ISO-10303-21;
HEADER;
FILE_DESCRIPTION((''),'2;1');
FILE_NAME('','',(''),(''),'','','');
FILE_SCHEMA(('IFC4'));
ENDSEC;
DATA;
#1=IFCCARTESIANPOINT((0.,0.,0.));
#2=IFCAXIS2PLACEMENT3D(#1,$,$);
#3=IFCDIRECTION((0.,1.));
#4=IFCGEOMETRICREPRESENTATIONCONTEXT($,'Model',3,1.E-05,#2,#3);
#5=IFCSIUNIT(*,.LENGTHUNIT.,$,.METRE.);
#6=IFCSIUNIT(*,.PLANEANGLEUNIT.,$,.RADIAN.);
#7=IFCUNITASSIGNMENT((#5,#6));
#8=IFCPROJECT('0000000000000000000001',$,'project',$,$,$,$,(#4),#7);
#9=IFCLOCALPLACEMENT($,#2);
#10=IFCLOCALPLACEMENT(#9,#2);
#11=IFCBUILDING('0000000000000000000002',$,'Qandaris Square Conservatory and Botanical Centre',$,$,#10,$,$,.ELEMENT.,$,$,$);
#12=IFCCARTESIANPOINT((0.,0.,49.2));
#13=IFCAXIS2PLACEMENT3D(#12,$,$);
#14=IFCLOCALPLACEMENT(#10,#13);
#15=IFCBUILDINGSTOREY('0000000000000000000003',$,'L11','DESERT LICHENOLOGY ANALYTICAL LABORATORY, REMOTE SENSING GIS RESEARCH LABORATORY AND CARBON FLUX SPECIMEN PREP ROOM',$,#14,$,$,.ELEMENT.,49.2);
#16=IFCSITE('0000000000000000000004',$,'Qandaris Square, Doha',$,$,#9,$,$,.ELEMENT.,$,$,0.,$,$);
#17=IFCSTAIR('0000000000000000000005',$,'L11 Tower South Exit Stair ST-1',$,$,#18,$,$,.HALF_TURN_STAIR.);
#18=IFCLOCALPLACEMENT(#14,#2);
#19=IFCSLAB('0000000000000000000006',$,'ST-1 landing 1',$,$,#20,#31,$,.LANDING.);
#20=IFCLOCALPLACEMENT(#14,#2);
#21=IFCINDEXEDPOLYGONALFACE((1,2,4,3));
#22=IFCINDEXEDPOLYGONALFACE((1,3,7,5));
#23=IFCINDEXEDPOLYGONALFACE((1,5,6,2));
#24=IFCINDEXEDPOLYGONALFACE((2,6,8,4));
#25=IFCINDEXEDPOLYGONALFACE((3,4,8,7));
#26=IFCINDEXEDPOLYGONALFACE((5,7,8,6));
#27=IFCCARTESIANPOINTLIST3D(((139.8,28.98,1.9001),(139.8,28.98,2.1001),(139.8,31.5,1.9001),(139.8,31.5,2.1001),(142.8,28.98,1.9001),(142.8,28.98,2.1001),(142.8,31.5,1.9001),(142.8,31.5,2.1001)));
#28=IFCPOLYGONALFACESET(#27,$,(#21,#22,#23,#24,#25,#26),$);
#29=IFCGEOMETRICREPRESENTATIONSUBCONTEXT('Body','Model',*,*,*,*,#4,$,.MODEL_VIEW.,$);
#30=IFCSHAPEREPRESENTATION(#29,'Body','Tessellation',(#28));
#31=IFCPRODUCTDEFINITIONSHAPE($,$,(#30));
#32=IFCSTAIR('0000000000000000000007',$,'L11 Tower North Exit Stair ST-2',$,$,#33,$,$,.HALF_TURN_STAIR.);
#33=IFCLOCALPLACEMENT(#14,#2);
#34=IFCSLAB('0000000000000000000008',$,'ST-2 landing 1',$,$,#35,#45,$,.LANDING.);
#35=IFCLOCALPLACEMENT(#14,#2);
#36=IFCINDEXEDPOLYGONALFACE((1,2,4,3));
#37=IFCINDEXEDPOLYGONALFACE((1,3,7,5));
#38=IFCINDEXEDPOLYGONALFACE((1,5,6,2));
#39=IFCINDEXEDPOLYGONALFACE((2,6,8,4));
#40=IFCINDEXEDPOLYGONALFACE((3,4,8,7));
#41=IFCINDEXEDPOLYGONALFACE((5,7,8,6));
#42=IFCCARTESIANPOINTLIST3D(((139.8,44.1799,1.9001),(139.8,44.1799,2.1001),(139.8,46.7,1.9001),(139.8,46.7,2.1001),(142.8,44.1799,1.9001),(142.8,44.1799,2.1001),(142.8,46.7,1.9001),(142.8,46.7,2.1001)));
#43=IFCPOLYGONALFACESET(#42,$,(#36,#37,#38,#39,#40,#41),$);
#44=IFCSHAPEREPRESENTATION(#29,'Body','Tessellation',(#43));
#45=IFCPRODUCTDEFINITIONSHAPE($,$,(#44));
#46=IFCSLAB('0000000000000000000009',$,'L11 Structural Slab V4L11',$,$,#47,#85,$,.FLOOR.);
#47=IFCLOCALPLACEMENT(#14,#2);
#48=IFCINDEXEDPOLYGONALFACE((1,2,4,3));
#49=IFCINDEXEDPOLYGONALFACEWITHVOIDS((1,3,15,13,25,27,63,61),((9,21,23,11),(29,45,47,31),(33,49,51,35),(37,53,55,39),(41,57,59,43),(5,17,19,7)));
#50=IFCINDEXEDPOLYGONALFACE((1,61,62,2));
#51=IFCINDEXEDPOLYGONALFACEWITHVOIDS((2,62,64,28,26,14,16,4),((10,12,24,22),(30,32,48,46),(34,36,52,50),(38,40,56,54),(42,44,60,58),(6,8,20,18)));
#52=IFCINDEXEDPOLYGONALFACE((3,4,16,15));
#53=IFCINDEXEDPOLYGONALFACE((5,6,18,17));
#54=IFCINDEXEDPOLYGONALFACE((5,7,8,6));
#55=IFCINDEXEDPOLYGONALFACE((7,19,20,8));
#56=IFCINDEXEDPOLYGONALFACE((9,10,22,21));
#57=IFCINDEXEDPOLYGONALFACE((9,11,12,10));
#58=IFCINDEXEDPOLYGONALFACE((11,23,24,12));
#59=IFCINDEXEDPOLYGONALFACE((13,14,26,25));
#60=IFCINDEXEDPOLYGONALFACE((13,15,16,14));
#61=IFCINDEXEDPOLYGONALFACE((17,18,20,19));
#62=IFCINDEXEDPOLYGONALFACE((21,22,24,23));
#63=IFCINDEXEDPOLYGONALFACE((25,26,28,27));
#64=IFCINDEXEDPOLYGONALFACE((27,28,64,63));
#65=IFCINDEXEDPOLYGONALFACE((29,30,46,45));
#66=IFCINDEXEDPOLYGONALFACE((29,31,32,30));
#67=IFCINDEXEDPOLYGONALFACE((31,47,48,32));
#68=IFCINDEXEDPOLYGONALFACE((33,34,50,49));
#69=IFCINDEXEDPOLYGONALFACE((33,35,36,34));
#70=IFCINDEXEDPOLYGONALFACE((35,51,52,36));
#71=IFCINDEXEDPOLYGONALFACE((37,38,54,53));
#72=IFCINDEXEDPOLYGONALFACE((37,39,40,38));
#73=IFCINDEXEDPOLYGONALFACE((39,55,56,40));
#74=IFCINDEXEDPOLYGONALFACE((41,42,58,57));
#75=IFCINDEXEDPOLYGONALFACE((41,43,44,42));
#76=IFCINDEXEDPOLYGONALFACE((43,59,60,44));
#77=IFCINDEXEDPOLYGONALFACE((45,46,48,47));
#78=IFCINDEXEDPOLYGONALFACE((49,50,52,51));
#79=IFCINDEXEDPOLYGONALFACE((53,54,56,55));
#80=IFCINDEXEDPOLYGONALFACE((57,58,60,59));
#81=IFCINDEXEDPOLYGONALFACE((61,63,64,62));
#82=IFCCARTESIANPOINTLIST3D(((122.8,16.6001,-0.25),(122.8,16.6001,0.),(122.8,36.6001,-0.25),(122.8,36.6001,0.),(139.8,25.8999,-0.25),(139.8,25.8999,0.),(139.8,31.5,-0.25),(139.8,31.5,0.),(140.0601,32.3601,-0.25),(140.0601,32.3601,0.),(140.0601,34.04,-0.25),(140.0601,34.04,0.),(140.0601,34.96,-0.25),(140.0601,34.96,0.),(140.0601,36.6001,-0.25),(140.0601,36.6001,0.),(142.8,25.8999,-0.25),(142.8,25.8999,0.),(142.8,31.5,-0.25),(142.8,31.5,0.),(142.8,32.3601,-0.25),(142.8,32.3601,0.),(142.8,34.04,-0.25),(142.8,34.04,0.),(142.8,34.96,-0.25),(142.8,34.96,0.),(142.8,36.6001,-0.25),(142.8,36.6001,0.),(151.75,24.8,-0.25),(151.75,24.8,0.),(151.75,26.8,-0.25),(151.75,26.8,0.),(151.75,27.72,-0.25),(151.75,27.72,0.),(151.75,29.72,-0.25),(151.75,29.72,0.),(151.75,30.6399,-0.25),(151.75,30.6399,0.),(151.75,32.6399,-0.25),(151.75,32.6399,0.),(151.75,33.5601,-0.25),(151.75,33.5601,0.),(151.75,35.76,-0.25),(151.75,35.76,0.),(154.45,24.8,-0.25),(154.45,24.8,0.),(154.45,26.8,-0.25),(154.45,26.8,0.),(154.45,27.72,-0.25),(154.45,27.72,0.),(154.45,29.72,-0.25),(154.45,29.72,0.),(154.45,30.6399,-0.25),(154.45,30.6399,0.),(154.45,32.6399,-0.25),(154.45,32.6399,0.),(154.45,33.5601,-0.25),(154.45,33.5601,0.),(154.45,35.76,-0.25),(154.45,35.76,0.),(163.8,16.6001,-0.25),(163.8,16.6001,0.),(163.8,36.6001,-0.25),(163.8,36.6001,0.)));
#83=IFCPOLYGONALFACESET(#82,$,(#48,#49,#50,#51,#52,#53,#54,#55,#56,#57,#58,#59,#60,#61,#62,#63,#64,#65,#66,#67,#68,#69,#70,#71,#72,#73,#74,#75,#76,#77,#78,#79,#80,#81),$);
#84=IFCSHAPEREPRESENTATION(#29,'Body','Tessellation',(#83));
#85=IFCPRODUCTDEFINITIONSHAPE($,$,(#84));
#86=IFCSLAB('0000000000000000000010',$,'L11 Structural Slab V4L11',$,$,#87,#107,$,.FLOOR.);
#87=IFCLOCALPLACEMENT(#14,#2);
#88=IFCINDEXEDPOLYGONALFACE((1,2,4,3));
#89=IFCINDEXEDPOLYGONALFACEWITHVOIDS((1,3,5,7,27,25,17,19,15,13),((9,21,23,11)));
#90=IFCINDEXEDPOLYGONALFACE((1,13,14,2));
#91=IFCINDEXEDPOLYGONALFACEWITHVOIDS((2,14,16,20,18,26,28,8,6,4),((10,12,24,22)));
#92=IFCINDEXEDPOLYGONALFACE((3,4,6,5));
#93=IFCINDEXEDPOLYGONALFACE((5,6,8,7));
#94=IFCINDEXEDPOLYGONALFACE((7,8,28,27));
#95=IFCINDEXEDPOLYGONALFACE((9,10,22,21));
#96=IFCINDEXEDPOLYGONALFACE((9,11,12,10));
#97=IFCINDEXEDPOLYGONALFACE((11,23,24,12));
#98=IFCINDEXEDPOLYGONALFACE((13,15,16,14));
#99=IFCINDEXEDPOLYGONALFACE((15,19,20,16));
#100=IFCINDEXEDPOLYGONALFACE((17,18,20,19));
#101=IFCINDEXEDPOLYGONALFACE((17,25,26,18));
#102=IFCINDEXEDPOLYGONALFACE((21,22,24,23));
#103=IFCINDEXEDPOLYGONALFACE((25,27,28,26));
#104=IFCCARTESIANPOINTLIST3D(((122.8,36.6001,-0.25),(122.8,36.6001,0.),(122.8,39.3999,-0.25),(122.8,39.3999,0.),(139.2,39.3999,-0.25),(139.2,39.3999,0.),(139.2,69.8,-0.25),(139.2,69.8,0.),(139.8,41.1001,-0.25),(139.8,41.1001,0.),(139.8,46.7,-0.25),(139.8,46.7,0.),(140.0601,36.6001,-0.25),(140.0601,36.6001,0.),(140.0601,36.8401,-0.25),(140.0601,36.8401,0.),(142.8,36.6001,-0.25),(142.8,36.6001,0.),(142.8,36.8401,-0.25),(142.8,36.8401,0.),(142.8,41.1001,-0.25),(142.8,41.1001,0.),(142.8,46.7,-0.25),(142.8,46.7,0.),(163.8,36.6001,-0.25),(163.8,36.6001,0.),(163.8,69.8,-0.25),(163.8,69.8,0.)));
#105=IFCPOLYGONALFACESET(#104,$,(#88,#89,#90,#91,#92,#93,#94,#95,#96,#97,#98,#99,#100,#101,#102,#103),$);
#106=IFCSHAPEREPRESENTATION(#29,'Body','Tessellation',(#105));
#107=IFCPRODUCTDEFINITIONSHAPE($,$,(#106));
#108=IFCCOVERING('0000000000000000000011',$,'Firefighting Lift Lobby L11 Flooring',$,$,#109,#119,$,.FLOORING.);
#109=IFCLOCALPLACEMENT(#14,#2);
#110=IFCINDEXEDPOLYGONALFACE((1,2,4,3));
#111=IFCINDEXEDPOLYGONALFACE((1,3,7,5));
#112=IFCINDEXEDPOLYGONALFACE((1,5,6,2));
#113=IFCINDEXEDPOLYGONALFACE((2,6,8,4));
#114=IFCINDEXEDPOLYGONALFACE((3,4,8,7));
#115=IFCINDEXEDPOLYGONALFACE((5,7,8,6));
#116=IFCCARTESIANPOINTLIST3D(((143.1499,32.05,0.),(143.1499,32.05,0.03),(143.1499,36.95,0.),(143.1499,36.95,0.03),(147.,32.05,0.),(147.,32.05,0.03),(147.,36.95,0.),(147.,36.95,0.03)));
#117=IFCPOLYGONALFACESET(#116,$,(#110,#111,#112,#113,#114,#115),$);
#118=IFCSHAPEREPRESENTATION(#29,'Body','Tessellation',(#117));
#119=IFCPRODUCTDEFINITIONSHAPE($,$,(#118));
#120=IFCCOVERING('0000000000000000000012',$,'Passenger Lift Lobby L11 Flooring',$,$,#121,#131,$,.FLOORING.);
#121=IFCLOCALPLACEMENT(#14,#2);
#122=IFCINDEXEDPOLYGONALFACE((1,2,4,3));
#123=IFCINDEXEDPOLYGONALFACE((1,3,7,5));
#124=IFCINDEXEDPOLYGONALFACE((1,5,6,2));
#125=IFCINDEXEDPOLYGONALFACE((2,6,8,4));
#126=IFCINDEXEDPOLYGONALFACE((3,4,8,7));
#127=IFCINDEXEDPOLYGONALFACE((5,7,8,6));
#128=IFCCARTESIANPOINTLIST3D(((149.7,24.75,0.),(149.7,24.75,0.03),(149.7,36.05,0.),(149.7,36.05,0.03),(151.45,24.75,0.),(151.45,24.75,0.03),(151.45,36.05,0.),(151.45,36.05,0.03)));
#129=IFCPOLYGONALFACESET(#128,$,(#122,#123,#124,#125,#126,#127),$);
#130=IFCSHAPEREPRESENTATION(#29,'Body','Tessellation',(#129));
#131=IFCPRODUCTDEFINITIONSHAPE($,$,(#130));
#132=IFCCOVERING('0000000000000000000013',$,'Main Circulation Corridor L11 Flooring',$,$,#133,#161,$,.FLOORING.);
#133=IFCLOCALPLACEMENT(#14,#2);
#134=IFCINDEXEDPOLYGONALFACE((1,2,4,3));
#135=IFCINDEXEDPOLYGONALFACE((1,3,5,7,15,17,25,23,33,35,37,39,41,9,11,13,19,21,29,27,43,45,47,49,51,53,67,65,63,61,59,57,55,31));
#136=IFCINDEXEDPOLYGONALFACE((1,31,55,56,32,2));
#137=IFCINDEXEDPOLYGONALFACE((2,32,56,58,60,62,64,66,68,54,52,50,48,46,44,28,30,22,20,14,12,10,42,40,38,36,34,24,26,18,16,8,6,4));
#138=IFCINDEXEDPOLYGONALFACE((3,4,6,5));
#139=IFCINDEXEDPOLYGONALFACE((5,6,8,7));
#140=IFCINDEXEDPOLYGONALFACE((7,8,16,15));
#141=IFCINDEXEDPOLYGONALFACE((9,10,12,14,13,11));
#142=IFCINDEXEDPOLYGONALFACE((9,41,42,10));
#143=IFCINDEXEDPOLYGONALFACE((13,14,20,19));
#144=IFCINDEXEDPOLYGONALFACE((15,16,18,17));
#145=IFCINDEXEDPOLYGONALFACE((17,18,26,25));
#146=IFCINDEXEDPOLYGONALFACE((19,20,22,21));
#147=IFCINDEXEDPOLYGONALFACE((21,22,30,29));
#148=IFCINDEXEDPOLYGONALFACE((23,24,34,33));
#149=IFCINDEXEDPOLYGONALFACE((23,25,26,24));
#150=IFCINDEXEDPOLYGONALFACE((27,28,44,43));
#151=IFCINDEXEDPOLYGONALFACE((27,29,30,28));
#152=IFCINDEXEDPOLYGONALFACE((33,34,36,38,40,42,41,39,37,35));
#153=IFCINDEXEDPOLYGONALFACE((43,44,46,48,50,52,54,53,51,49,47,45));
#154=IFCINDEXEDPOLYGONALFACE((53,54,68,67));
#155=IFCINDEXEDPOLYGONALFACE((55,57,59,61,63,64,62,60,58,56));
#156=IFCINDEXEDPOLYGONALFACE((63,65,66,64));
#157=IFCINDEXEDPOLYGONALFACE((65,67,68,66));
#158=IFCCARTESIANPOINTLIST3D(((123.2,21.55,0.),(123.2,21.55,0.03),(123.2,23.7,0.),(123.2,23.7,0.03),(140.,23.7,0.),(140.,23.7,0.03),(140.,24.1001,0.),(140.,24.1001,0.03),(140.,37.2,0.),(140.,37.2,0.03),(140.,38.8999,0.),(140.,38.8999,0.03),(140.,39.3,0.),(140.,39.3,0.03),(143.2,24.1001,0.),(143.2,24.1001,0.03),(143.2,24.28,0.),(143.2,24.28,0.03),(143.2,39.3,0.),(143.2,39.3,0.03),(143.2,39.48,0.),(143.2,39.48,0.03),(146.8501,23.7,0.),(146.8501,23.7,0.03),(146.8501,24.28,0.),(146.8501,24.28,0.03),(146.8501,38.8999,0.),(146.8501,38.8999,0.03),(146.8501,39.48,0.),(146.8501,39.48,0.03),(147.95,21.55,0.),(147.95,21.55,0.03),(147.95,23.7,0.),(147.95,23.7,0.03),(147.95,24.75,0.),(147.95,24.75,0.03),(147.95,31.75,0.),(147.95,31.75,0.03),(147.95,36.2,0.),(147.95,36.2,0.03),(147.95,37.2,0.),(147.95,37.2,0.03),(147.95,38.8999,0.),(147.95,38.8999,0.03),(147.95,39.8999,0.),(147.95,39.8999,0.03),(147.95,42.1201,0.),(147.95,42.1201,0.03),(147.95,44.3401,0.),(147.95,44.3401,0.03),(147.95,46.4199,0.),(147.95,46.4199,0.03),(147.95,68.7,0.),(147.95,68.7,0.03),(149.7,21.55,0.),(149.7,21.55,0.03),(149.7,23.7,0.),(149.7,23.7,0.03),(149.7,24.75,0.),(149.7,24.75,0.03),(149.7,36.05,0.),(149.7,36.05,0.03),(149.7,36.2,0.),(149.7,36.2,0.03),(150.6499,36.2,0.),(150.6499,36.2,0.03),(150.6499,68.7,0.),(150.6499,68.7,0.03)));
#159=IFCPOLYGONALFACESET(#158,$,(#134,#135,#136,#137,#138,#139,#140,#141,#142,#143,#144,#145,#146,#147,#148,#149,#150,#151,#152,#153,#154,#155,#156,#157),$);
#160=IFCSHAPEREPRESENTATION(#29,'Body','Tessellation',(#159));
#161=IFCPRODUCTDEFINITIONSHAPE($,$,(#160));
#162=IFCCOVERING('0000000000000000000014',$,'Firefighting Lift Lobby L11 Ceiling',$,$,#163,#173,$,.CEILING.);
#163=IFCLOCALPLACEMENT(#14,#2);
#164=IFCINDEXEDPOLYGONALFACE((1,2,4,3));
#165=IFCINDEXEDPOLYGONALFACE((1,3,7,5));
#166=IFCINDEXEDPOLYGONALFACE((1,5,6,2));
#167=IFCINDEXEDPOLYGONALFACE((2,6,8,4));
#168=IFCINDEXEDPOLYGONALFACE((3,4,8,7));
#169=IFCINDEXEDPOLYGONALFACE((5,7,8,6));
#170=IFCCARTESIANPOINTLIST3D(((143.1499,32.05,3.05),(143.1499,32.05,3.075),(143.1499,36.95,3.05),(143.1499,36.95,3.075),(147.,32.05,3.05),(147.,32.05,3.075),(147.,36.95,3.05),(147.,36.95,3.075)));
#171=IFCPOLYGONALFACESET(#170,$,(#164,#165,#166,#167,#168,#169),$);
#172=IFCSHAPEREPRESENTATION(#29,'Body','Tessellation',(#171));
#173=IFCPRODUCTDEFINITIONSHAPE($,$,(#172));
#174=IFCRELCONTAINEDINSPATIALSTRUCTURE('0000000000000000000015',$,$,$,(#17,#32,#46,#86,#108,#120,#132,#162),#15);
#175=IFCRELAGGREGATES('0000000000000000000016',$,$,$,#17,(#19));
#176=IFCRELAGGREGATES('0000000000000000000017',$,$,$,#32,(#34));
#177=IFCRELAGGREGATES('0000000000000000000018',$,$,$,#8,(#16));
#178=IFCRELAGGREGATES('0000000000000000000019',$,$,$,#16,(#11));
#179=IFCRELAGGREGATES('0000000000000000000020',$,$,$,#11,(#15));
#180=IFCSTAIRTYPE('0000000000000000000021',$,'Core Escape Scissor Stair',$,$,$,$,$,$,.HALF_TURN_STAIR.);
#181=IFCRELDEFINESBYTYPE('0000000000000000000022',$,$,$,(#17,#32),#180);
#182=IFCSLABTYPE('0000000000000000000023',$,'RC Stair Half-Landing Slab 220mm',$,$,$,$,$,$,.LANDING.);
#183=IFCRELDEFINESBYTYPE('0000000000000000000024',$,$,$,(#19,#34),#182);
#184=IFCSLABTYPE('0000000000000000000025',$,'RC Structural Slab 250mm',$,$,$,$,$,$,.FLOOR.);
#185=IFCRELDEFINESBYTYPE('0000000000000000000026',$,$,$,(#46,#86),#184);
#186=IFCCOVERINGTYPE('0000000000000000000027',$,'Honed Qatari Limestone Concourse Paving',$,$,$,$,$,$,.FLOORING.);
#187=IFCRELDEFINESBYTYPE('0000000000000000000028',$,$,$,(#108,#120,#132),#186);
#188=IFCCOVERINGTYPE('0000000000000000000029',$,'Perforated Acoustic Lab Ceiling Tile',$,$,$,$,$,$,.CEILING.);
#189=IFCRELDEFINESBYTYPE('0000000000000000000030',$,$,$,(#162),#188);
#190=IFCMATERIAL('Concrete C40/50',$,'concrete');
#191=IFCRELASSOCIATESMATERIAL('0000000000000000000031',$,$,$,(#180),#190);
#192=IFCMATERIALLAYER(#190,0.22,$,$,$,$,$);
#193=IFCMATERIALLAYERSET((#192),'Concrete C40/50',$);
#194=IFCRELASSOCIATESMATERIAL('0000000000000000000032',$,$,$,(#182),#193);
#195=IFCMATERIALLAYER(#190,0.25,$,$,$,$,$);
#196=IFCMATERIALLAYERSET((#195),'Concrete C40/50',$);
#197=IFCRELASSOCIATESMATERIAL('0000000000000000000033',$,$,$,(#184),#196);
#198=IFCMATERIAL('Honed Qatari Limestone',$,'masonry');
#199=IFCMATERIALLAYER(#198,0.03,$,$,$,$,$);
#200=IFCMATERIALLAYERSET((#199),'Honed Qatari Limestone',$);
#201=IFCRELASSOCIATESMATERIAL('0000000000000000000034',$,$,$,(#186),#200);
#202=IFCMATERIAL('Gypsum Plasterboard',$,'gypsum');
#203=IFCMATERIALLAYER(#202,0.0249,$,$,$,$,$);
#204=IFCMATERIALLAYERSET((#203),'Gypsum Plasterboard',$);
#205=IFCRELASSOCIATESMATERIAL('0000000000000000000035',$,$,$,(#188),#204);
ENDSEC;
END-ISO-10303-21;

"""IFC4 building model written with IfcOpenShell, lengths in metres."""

from ifc_helpers import new_model, si_unit, direction, frame, origin, place, context, subcontext, project, spatial, polyline, outline, extrude, material, layer, layer_set, type_object, element, aggregate, save


model = new_model("IFC4")

# Units and contexts
model_context = context("Model", 3, precision=1e-05, world=origin(), true_north=direction((0.0, 1.0)))
body_context = subcontext(model_context, "Body", "Model", "MODEL_VIEW")
ifc_project = project(units=[si_unit("LENGTHUNIT", "METRE"), si_unit("PLANEANGLEUNIT", "RADIAN")], contexts=[model_context])

# Site, building, storey
site_placement = place(None, origin())
site = spatial("IfcSite", under=ifc_project, at=site_placement, Name="Qandaris Square, Doha", CompositionType="ELEMENT", RefElevation=0.0)
building_placement = place(site_placement, origin())
building = spatial("IfcBuilding", under=site, at=building_placement, Name="Qandaris Square Conservatory and Botanical Centre", CompositionType="ELEMENT")
storey_placement = place(building_placement, frame((0.0, 0.0, 49.2)))
storey = spatial("IfcBuildingStorey", under=building, at=storey_placement, Name="L11", Description="DESERT LICHENOLOGY ANALYTICAL LABORATORY, REMOTE SENSING GIS RESEARCH LABORATORY AND CARBON FLUX SPECIMEN PREP ROOM", CompositionType="ELEMENT", Elevation=49.2)

# Stairs, slabs
ifc_material_1 = material(Name="Concrete C40/50", Category="concrete")
stair_type = type_object("IfcStairType", Name="Core Escape Scissor Stair", PredefinedType="HALF_TURN_STAIR", material=ifc_material_1)
stair_1_placement = place(storey_placement, origin())
stair_1 = element("IfcStair", 1, at=stair_1_placement, inside=storey, type_object=stair_type, Name="L11 Tower South Exit Stair ST-1", PredefinedType="HALF_TURN_STAIR")
ifc_layer_1 = layer(ifc_material_1, 0.22)
ifc_layer_set_1 = layer_set([ifc_layer_1], Name="Concrete C40/50")
slab_type_1 = type_object("IfcSlabType", Name="RC Stair Half-Landing Slab 220mm", PredefinedType="LANDING", material=ifc_layer_set_1)
slab_1_placement = place(storey_placement, frame((0.0, 0.0, 1.9001)))
slab_1 = element("IfcSlab", 2, at=slab_1_placement, type_object=slab_type_1, Name="ST-1 landing 1", PredefinedType="LANDING", context=body_context, shape_type="SweptSolid", body=[
    extrude(outline(polyline([(142.8, 28.98), (142.8, 31.5), (139.8, 31.5), (139.8, 28.98), (142.8, 28.98)])), origin(), (0.0, 0.0, 1.0), 0.2),
])
aggregate(stair_1, [slab_1])
stair_2_placement = place(storey_placement, origin())
stair_2 = element("IfcStair", 3, at=stair_2_placement, inside=storey, type_object=stair_type, Name="L11 Tower North Exit Stair ST-2", PredefinedType="HALF_TURN_STAIR")
slab_2_placement = place(storey_placement, frame((0.0, 0.0, 1.9001)))
slab_2 = element("IfcSlab", 4, at=slab_2_placement, type_object=slab_type_1, Name="ST-2 landing 1", PredefinedType="LANDING", context=body_context, shape_type="SweptSolid", body=[
    extrude(outline(polyline([(142.8, 44.1799), (142.8, 46.7), (139.8, 46.7), (139.8, 44.1799), (142.8, 44.1799)])), origin(), (0.0, 0.0, 1.0), 0.2),
])
aggregate(stair_2, [slab_2])

# Slabs
ifc_layer_2 = layer(ifc_material_1, 0.25)
ifc_layer_set_2 = layer_set([ifc_layer_2], Name="Concrete C40/50")
slab_type_2 = type_object("IfcSlabType", Name="RC Structural Slab 250mm", PredefinedType="FLOOR", material=ifc_layer_set_2)
slab_3_placement = place(storey_placement, frame((0.0, 0.0, -0.25)))
element("IfcSlab", 5, at=slab_3_placement, inside=storey, type_object=slab_type_2, Name="L11 Structural Slab V4L11", PredefinedType="FLOOR", context=body_context, shape_type="SweptSolid", body=[
    extrude(outline(polyline([(163.8, 16.6001), (122.8, 16.6001), (122.8, 36.6001), (140.0601, 36.6001), (140.0601, 34.96), (142.8, 34.96), (142.8, 36.6001), (163.8, 36.6001), (163.8, 16.6001)]), holes=[polyline([(151.75, 24.8), (154.45, 24.8), (154.45, 26.8), (151.75, 26.8), (151.75, 24.8)]), polyline([(139.8, 25.8999), (142.8, 25.8999), (142.8, 31.5), (139.8, 31.5), (139.8, 25.8999)]), polyline([(151.75, 27.72), (154.45, 27.72), (154.45, 29.72), (151.75, 29.72), (151.75, 27.72)]), polyline([(151.75, 30.6399), (154.45, 30.6399), (154.45, 32.6399), (151.75, 32.6399), (151.75, 30.6399)]), polyline([(140.0601, 32.3601), (142.8, 32.3601), (142.8, 34.04), (140.0601, 34.04), (140.0601, 32.3601)]), polyline([(151.75, 33.5601), (154.45, 33.5601), (154.45, 35.76), (151.75, 35.76), (151.75, 33.5601)])]), origin(), (0.0, 0.0, 1.0), 0.25),
])
slab_4_placement = place(storey_placement, frame((0.0, 0.0, -0.25)))
element("IfcSlab", 6, at=slab_4_placement, inside=storey, type_object=slab_type_2, Name="L11 Structural Slab V4L11", PredefinedType="FLOOR", context=body_context, shape_type="SweptSolid", body=[
    extrude(outline(polyline([(139.2, 39.3999), (139.2, 69.8), (163.8, 69.8), (163.8, 36.6001), (142.8, 36.6001), (142.8, 36.8401), (140.0601, 36.8401), (140.0601, 36.6001), (122.8, 36.6001), (122.8, 39.3999), (139.2, 39.3999)]), holes=[polyline([(139.8, 41.1001), (142.8, 41.1001), (142.8, 46.7), (139.8, 46.7), (139.8, 41.1001)])]), origin(), (0.0, 0.0, 1.0), 0.25),
])

# Coverings
ifc_material_2 = material(Name="Honed Qatari Limestone", Category="masonry")
ifc_layer_3 = layer(ifc_material_2, 0.03)
ifc_layer_set_3 = layer_set([ifc_layer_3], Name="Honed Qatari Limestone")
covering_type_1 = type_object("IfcCoveringType", Name="Honed Qatari Limestone Concourse Paving", PredefinedType="FLOORING", material=ifc_layer_set_3)
covering_1_placement = place(storey_placement, origin())
element("IfcCovering", 7, at=covering_1_placement, inside=storey, type_object=covering_type_1, Name="Firefighting Lift Lobby L11 Flooring", PredefinedType="FLOORING", context=body_context, shape_type="SweptSolid", body=[
    extrude(outline(polyline([(143.1499, 36.95), (147.0, 36.95), (147.0, 32.05), (143.1499, 32.05), (143.1499, 36.95)])), origin(), (0.0, 0.0, 1.0), 0.03),
])
covering_2_placement = place(storey_placement, origin())
element("IfcCovering", 8, at=covering_2_placement, inside=storey, type_object=covering_type_1, Name="Passenger Lift Lobby L11 Flooring", PredefinedType="FLOORING", context=body_context, shape_type="SweptSolid", body=[
    extrude(outline(polyline([(149.7, 36.05), (151.45, 36.05), (151.45, 24.75), (149.7, 24.75), (149.7, 36.05)])), origin(), (0.0, 0.0, 1.0), 0.03),
])
covering_3_placement = place(storey_placement, origin())
element("IfcCovering", 9, at=covering_3_placement, inside=storey, type_object=covering_type_1, Name="Main Circulation Corridor L11 Flooring", PredefinedType="FLOORING", context=body_context, shape_type="SweptSolid", body=[
    extrude(outline(polyline([(140.0, 24.1001), (143.2, 24.1001), (143.2, 24.28), (146.8501, 24.28), (146.8501, 23.7), (147.95, 23.7), (147.95, 24.75), (147.95, 31.75), (147.95, 36.2), (147.95, 37.2), (140.0, 37.2), (140.0, 38.8999), (140.0, 39.3), (143.2, 39.3), (143.2, 39.48), (146.8501, 39.48), (146.8501, 38.8999), (147.95, 38.8999), (147.95, 39.8999), (147.95, 42.1201), (147.95, 44.3401), (147.95, 46.4199), (147.95, 68.7), (150.6499, 68.7), (150.6499, 36.2), (149.7, 36.2), (149.7, 36.05), (149.7, 24.75), (149.7, 23.7), (149.7, 21.55), (147.95, 21.55), (123.2, 21.55), (123.2, 23.7), (140.0, 23.7), (140.0, 24.1001)])), origin(), (0.0, 0.0, 1.0), 0.03),
])
ifc_material_3 = material(Name="Gypsum Plasterboard", Category="gypsum")
ifc_layer_4 = layer(ifc_material_3, 0.0249)
ifc_layer_set_4 = layer_set([ifc_layer_4], Name="Gypsum Plasterboard")
covering_type_2 = type_object("IfcCoveringType", Name="Perforated Acoustic Lab Ceiling Tile", PredefinedType="CEILING", material=ifc_layer_set_4)
covering_4_placement = place(storey_placement, frame((0.0, 0.0, 3.05)))
element("IfcCovering", 10, at=covering_4_placement, inside=storey, type_object=covering_type_2, Name="Firefighting Lift Lobby L11 Ceiling", PredefinedType="CEILING", context=body_context, shape_type="SweptSolid", body=[
    extrude(outline(polyline([(143.1499, 36.95), (147.0, 36.95), (147.0, 32.05), (143.1499, 32.05), (143.1499, 36.95)])), origin(), (0.0, 0.0, 1.0), 0.0249),
])

save(model, "model.ifc")
